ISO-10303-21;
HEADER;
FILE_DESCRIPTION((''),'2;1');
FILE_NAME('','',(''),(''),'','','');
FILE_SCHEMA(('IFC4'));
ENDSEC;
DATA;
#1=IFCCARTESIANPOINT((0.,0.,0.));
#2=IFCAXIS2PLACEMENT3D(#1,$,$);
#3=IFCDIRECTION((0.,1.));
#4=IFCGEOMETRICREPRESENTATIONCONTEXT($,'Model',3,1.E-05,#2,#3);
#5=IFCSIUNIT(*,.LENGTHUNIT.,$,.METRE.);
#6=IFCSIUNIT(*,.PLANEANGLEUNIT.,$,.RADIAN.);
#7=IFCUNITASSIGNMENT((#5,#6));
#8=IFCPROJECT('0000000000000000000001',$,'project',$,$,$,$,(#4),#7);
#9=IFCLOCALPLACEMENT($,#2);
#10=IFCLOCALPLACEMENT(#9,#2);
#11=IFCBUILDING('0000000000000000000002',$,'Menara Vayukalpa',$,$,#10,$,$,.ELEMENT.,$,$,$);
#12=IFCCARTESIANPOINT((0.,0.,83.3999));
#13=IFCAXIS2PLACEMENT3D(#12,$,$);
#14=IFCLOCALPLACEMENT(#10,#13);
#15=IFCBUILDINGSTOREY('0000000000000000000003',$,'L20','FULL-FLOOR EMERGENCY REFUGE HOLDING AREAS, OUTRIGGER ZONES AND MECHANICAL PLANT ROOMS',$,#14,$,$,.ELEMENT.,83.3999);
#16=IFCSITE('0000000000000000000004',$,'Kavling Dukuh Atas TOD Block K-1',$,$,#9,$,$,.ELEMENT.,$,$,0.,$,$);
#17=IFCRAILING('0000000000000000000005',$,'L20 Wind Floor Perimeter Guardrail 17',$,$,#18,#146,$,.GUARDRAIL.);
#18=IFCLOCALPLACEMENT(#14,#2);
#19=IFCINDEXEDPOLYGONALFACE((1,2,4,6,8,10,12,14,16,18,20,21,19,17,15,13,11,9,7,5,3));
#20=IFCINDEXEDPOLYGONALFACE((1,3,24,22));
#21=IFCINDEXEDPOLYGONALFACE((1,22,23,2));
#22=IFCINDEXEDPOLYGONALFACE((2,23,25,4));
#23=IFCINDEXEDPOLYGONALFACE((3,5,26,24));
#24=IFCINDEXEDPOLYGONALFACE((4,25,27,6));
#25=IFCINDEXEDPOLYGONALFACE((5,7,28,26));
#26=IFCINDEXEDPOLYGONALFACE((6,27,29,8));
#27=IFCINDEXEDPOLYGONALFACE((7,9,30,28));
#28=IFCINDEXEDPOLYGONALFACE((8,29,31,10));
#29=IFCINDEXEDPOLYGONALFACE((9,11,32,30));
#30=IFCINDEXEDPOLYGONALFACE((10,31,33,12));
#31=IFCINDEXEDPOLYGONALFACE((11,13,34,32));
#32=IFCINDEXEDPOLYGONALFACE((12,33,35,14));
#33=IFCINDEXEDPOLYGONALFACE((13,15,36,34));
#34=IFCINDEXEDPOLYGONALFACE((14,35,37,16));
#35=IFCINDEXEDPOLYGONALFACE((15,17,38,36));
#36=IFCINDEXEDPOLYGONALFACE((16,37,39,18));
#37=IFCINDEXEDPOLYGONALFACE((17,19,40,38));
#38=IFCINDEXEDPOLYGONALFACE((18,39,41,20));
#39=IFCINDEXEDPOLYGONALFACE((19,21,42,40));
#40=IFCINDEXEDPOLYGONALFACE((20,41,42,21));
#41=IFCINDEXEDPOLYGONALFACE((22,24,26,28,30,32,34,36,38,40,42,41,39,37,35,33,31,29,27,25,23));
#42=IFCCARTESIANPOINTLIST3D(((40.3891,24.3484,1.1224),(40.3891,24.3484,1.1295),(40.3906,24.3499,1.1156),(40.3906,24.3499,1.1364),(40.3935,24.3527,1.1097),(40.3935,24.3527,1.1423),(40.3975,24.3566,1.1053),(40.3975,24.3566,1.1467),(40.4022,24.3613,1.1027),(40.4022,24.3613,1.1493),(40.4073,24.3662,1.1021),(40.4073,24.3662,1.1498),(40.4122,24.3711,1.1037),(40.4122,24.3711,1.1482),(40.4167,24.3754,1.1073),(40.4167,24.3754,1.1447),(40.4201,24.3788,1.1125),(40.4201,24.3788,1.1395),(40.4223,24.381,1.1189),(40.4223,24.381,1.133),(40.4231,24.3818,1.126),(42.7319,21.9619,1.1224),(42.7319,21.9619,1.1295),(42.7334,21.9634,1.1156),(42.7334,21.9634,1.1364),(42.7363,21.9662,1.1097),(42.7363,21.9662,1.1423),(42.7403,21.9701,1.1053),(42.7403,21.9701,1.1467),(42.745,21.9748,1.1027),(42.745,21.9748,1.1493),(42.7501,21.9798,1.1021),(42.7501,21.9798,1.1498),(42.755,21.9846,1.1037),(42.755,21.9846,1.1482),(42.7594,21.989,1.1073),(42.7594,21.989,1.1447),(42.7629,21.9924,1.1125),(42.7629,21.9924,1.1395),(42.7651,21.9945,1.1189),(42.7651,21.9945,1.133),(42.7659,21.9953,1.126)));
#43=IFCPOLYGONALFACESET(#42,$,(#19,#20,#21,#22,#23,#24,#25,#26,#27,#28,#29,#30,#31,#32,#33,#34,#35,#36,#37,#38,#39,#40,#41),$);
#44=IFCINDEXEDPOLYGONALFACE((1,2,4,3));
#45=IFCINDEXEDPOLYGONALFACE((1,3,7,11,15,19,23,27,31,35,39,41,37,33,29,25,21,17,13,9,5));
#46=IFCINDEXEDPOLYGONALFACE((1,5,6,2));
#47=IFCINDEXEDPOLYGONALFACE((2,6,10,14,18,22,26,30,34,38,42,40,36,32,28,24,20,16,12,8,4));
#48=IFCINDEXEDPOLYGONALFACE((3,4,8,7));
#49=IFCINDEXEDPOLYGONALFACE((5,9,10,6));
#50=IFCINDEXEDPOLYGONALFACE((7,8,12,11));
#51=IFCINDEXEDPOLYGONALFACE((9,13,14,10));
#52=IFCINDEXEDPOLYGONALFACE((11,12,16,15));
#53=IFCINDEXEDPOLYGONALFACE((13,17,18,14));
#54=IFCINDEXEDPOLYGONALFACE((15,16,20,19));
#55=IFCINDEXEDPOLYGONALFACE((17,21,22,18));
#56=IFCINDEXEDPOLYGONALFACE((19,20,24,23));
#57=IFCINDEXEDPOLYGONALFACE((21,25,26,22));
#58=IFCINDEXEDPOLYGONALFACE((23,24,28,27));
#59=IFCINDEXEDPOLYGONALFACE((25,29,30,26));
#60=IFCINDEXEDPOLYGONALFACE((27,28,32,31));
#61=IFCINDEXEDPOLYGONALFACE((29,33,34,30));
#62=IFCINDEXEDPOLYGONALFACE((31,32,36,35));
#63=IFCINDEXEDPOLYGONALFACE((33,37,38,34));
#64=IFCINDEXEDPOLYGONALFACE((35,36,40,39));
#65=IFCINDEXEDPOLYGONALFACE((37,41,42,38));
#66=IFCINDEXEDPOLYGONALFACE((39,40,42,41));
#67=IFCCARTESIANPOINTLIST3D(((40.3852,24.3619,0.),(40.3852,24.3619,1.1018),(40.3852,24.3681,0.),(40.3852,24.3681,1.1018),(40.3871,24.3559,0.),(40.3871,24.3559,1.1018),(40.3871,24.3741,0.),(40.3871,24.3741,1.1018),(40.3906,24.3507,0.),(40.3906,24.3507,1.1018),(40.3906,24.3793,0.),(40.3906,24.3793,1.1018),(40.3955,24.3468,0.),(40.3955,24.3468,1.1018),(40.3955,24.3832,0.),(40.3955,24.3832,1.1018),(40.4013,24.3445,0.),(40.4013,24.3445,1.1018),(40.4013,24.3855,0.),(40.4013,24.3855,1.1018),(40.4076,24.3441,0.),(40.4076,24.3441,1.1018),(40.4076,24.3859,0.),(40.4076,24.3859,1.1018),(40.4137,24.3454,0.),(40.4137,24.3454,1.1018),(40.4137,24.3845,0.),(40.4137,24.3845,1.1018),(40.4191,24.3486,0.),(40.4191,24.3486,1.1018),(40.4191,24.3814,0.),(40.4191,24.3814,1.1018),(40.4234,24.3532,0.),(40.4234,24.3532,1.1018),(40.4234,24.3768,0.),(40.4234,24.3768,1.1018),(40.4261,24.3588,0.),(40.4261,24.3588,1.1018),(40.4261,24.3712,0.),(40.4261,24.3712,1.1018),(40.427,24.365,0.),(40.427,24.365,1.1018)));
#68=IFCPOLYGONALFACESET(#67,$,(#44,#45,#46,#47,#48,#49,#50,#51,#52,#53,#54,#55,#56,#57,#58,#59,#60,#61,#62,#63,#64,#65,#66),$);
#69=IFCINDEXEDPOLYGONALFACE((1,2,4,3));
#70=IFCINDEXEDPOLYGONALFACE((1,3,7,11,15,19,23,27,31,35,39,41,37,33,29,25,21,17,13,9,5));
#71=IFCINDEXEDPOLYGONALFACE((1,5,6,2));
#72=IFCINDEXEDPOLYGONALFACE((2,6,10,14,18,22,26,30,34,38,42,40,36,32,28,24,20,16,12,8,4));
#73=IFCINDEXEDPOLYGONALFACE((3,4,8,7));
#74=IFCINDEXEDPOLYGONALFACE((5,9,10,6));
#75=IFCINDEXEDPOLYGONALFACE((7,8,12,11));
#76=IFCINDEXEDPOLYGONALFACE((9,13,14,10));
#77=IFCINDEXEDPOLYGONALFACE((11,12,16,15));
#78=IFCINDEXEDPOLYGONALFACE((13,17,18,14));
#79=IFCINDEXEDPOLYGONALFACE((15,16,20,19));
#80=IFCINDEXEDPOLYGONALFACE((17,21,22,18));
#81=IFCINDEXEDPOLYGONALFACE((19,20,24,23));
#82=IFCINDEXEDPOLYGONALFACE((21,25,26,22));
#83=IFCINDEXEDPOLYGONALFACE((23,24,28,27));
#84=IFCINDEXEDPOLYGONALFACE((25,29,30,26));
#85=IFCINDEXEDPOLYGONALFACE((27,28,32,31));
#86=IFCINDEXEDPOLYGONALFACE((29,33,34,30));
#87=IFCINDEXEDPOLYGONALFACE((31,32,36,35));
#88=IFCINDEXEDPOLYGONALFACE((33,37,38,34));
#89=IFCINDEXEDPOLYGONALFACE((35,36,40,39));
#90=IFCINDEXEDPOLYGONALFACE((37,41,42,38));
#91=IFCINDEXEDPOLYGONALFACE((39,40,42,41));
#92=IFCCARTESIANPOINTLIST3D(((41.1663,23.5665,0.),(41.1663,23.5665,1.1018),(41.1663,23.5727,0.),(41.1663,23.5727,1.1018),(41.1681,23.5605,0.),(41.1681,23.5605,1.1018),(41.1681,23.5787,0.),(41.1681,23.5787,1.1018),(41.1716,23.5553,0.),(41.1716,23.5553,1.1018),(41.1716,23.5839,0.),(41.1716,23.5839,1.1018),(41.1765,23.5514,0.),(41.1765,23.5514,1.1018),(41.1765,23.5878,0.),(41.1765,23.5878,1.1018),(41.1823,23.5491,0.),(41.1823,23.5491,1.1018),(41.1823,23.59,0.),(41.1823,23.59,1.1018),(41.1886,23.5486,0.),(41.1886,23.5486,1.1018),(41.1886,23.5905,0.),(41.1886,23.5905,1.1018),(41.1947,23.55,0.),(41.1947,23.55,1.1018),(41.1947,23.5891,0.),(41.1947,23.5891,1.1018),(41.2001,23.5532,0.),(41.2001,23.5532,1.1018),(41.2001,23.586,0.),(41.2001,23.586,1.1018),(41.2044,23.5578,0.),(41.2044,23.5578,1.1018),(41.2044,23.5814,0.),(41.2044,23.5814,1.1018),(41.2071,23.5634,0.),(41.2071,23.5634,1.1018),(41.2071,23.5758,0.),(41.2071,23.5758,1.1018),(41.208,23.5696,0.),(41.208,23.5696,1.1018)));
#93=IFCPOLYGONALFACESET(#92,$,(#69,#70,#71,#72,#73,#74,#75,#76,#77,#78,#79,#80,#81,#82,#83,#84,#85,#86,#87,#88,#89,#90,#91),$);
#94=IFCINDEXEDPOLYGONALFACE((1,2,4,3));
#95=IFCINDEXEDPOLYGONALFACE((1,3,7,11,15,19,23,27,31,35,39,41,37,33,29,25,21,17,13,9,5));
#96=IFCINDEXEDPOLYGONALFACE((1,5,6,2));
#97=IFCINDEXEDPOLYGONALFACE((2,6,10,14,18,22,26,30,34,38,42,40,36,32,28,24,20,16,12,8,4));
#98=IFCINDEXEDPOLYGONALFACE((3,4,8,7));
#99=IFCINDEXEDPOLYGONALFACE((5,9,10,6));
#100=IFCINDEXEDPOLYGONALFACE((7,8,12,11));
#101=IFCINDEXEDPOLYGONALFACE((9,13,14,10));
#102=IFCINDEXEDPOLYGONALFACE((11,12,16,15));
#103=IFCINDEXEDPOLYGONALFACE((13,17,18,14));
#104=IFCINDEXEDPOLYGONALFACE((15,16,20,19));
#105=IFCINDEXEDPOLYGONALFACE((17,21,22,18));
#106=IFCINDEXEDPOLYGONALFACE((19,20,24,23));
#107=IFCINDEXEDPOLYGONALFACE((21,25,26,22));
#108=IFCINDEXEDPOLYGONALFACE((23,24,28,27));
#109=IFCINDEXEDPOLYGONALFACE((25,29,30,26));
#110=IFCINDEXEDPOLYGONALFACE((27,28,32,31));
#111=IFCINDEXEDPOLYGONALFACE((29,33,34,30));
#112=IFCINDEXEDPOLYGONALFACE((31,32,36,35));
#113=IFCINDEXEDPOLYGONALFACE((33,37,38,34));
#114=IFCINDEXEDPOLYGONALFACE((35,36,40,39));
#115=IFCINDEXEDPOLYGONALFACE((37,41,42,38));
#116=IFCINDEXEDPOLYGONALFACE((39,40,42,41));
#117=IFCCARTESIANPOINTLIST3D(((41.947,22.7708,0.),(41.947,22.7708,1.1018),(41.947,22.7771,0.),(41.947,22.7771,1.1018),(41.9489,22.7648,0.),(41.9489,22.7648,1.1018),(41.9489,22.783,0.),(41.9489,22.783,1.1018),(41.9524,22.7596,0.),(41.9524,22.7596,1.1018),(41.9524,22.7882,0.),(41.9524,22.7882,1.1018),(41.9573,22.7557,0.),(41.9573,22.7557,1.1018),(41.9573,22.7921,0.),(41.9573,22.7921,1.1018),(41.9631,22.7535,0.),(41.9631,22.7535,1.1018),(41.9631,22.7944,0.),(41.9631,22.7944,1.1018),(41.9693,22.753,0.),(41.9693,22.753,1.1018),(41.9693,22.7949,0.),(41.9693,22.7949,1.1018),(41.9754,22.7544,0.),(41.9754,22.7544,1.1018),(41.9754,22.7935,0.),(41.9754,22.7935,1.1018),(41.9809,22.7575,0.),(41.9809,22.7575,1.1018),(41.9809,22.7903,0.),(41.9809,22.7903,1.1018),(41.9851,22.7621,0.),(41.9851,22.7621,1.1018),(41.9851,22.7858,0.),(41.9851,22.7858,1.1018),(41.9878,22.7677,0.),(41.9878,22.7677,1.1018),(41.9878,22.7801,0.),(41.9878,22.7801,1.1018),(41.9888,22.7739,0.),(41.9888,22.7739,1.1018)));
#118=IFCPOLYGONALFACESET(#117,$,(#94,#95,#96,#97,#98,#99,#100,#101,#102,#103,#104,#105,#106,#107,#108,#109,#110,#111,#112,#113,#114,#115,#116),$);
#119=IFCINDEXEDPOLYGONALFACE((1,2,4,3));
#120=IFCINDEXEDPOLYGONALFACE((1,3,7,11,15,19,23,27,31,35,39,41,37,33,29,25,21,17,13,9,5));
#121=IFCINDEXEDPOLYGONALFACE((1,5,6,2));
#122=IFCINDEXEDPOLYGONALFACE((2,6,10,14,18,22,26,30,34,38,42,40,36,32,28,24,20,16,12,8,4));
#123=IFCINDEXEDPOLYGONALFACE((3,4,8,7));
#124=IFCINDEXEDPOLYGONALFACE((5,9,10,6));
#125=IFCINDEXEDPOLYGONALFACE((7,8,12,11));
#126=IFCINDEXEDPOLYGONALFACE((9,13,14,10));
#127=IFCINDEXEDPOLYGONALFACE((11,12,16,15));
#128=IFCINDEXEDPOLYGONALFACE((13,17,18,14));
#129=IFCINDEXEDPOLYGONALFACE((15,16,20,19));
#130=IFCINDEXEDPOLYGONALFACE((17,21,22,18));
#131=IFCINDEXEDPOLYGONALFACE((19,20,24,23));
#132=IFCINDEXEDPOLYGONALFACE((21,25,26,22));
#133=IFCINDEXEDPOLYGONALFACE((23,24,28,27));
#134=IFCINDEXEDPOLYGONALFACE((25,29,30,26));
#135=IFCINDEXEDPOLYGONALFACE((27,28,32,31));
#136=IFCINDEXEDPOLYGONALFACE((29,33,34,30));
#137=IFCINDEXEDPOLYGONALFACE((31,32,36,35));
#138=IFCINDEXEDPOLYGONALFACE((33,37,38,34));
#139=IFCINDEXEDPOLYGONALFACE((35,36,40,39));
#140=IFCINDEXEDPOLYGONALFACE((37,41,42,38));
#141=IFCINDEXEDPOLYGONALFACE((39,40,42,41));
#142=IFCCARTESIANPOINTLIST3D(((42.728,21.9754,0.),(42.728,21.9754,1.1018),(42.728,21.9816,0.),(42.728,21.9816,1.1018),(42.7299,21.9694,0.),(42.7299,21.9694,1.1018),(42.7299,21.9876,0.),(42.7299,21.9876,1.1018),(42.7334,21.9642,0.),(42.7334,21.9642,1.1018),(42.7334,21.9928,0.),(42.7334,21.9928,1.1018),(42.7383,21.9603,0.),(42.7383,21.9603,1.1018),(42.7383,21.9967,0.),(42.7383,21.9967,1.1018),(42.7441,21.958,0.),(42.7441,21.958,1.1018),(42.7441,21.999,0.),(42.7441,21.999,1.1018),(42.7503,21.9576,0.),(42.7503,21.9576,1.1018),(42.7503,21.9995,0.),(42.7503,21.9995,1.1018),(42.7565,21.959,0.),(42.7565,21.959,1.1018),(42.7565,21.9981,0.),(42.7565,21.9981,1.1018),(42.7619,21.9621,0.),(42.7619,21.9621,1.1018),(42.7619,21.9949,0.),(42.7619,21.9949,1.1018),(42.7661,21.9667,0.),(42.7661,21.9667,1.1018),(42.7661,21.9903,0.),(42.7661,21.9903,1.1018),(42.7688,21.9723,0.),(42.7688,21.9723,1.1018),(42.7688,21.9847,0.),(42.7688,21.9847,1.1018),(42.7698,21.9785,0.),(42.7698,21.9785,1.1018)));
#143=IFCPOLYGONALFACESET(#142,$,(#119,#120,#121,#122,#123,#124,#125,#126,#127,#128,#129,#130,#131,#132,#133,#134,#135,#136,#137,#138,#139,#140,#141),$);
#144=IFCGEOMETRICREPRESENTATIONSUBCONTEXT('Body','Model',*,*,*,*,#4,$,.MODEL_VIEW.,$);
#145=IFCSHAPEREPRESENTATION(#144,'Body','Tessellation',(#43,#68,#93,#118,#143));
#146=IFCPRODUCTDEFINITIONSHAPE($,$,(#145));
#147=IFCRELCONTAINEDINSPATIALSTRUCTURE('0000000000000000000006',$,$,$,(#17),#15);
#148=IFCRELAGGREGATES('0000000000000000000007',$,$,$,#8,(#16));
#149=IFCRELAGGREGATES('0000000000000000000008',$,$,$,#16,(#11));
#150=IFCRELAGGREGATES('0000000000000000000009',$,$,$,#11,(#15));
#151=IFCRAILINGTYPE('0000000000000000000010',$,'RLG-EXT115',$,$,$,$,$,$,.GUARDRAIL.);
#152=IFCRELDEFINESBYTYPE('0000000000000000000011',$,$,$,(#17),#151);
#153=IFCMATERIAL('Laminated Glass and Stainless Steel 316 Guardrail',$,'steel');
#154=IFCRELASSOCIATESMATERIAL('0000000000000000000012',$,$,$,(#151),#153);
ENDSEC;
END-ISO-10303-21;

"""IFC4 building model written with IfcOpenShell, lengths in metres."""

from ifc_helpers import new_model, si_unit, direction, frame, origin, origin_2d, place, context, subcontext, project, spatial, circle, extrude, material, type_object, element, save


model = new_model("IFC4")

# Units and contexts
model_context = context("Model", 3, precision=1e-05, world=origin(), true_north=direction((0.0, 1.0)))
body_context = subcontext(model_context, "Body", "Model", "MODEL_VIEW")
ifc_project = project(units=[si_unit("LENGTHUNIT", "METRE"), si_unit("PLANEANGLEUNIT", "RADIAN")], contexts=[model_context])

# Site, building, storey
site_placement = place(None, origin())
site = spatial("IfcSite", under=ifc_project, at=site_placement, Name="Kavling Dukuh Atas TOD Block K-1", CompositionType="ELEMENT", RefElevation=0.0)
building_placement = place(site_placement, origin())
building = spatial("IfcBuilding", under=site, at=building_placement, Name="Menara Vayukalpa", CompositionType="ELEMENT")
storey_placement = place(building_placement, frame((0.0, 0.0, 83.3999)))
storey = spatial("IfcBuildingStorey", under=building, at=storey_placement, Name="L20", Description="FULL-FLOOR EMERGENCY REFUGE HOLDING AREAS, OUTRIGGER ZONES AND MECHANICAL PLANT ROOMS", CompositionType="ELEMENT", Elevation=83.3999)

# Railing
ifc_material_1 = material(Name="Laminated Glass and Stainless Steel 316 Guardrail", Category="steel")
railing_type_1 = type_object("IfcRailingType", Name="RLG-EXT115", PredefinedType="GUARDRAIL", material=ifc_material_1)
railing_1_placement = place(storey_placement, frame((40.406, 24.365, 0.0)))
element("IfcRailing", 1, at=railing_1_placement, inside=storey, type_object=railing_type_1, Name="L20 Wind Floor Perimeter Guardrail 17", PredefinedType="GUARDRAIL", context=body_context, shape_type="SweptSolid", body=[
    extrude(circle(Radius=0.0239, at=origin_2d()), frame((0.0, 0.0, 1.126), z_axis=(0.700543, -0.71361, 0.0), x_axis=(0.71361, 0.700543, 0.0)), (0.0, 0.0, 1.0), 3.3442),
    extrude(circle(Radius=0.021, at=origin_2d()), origin(), (0.0, 0.0, 1.0), 1.1018),
    extrude(circle(Radius=0.021, at=origin_2d()), frame((0.781, -0.7954, 0.0)), (0.0, 0.0, 1.0), 1.1018),
    extrude(circle(Radius=0.021, at=origin_2d()), frame((1.5618, -1.5911, 0.0)), (0.0, 0.0, 1.0), 1.1018),
    extrude(circle(Radius=0.021, at=origin_2d()), frame((2.3428, -2.3865, 0.0)), (0.0, 0.0, 1.0), 1.1018),
])

save(model, "model.ifc")
